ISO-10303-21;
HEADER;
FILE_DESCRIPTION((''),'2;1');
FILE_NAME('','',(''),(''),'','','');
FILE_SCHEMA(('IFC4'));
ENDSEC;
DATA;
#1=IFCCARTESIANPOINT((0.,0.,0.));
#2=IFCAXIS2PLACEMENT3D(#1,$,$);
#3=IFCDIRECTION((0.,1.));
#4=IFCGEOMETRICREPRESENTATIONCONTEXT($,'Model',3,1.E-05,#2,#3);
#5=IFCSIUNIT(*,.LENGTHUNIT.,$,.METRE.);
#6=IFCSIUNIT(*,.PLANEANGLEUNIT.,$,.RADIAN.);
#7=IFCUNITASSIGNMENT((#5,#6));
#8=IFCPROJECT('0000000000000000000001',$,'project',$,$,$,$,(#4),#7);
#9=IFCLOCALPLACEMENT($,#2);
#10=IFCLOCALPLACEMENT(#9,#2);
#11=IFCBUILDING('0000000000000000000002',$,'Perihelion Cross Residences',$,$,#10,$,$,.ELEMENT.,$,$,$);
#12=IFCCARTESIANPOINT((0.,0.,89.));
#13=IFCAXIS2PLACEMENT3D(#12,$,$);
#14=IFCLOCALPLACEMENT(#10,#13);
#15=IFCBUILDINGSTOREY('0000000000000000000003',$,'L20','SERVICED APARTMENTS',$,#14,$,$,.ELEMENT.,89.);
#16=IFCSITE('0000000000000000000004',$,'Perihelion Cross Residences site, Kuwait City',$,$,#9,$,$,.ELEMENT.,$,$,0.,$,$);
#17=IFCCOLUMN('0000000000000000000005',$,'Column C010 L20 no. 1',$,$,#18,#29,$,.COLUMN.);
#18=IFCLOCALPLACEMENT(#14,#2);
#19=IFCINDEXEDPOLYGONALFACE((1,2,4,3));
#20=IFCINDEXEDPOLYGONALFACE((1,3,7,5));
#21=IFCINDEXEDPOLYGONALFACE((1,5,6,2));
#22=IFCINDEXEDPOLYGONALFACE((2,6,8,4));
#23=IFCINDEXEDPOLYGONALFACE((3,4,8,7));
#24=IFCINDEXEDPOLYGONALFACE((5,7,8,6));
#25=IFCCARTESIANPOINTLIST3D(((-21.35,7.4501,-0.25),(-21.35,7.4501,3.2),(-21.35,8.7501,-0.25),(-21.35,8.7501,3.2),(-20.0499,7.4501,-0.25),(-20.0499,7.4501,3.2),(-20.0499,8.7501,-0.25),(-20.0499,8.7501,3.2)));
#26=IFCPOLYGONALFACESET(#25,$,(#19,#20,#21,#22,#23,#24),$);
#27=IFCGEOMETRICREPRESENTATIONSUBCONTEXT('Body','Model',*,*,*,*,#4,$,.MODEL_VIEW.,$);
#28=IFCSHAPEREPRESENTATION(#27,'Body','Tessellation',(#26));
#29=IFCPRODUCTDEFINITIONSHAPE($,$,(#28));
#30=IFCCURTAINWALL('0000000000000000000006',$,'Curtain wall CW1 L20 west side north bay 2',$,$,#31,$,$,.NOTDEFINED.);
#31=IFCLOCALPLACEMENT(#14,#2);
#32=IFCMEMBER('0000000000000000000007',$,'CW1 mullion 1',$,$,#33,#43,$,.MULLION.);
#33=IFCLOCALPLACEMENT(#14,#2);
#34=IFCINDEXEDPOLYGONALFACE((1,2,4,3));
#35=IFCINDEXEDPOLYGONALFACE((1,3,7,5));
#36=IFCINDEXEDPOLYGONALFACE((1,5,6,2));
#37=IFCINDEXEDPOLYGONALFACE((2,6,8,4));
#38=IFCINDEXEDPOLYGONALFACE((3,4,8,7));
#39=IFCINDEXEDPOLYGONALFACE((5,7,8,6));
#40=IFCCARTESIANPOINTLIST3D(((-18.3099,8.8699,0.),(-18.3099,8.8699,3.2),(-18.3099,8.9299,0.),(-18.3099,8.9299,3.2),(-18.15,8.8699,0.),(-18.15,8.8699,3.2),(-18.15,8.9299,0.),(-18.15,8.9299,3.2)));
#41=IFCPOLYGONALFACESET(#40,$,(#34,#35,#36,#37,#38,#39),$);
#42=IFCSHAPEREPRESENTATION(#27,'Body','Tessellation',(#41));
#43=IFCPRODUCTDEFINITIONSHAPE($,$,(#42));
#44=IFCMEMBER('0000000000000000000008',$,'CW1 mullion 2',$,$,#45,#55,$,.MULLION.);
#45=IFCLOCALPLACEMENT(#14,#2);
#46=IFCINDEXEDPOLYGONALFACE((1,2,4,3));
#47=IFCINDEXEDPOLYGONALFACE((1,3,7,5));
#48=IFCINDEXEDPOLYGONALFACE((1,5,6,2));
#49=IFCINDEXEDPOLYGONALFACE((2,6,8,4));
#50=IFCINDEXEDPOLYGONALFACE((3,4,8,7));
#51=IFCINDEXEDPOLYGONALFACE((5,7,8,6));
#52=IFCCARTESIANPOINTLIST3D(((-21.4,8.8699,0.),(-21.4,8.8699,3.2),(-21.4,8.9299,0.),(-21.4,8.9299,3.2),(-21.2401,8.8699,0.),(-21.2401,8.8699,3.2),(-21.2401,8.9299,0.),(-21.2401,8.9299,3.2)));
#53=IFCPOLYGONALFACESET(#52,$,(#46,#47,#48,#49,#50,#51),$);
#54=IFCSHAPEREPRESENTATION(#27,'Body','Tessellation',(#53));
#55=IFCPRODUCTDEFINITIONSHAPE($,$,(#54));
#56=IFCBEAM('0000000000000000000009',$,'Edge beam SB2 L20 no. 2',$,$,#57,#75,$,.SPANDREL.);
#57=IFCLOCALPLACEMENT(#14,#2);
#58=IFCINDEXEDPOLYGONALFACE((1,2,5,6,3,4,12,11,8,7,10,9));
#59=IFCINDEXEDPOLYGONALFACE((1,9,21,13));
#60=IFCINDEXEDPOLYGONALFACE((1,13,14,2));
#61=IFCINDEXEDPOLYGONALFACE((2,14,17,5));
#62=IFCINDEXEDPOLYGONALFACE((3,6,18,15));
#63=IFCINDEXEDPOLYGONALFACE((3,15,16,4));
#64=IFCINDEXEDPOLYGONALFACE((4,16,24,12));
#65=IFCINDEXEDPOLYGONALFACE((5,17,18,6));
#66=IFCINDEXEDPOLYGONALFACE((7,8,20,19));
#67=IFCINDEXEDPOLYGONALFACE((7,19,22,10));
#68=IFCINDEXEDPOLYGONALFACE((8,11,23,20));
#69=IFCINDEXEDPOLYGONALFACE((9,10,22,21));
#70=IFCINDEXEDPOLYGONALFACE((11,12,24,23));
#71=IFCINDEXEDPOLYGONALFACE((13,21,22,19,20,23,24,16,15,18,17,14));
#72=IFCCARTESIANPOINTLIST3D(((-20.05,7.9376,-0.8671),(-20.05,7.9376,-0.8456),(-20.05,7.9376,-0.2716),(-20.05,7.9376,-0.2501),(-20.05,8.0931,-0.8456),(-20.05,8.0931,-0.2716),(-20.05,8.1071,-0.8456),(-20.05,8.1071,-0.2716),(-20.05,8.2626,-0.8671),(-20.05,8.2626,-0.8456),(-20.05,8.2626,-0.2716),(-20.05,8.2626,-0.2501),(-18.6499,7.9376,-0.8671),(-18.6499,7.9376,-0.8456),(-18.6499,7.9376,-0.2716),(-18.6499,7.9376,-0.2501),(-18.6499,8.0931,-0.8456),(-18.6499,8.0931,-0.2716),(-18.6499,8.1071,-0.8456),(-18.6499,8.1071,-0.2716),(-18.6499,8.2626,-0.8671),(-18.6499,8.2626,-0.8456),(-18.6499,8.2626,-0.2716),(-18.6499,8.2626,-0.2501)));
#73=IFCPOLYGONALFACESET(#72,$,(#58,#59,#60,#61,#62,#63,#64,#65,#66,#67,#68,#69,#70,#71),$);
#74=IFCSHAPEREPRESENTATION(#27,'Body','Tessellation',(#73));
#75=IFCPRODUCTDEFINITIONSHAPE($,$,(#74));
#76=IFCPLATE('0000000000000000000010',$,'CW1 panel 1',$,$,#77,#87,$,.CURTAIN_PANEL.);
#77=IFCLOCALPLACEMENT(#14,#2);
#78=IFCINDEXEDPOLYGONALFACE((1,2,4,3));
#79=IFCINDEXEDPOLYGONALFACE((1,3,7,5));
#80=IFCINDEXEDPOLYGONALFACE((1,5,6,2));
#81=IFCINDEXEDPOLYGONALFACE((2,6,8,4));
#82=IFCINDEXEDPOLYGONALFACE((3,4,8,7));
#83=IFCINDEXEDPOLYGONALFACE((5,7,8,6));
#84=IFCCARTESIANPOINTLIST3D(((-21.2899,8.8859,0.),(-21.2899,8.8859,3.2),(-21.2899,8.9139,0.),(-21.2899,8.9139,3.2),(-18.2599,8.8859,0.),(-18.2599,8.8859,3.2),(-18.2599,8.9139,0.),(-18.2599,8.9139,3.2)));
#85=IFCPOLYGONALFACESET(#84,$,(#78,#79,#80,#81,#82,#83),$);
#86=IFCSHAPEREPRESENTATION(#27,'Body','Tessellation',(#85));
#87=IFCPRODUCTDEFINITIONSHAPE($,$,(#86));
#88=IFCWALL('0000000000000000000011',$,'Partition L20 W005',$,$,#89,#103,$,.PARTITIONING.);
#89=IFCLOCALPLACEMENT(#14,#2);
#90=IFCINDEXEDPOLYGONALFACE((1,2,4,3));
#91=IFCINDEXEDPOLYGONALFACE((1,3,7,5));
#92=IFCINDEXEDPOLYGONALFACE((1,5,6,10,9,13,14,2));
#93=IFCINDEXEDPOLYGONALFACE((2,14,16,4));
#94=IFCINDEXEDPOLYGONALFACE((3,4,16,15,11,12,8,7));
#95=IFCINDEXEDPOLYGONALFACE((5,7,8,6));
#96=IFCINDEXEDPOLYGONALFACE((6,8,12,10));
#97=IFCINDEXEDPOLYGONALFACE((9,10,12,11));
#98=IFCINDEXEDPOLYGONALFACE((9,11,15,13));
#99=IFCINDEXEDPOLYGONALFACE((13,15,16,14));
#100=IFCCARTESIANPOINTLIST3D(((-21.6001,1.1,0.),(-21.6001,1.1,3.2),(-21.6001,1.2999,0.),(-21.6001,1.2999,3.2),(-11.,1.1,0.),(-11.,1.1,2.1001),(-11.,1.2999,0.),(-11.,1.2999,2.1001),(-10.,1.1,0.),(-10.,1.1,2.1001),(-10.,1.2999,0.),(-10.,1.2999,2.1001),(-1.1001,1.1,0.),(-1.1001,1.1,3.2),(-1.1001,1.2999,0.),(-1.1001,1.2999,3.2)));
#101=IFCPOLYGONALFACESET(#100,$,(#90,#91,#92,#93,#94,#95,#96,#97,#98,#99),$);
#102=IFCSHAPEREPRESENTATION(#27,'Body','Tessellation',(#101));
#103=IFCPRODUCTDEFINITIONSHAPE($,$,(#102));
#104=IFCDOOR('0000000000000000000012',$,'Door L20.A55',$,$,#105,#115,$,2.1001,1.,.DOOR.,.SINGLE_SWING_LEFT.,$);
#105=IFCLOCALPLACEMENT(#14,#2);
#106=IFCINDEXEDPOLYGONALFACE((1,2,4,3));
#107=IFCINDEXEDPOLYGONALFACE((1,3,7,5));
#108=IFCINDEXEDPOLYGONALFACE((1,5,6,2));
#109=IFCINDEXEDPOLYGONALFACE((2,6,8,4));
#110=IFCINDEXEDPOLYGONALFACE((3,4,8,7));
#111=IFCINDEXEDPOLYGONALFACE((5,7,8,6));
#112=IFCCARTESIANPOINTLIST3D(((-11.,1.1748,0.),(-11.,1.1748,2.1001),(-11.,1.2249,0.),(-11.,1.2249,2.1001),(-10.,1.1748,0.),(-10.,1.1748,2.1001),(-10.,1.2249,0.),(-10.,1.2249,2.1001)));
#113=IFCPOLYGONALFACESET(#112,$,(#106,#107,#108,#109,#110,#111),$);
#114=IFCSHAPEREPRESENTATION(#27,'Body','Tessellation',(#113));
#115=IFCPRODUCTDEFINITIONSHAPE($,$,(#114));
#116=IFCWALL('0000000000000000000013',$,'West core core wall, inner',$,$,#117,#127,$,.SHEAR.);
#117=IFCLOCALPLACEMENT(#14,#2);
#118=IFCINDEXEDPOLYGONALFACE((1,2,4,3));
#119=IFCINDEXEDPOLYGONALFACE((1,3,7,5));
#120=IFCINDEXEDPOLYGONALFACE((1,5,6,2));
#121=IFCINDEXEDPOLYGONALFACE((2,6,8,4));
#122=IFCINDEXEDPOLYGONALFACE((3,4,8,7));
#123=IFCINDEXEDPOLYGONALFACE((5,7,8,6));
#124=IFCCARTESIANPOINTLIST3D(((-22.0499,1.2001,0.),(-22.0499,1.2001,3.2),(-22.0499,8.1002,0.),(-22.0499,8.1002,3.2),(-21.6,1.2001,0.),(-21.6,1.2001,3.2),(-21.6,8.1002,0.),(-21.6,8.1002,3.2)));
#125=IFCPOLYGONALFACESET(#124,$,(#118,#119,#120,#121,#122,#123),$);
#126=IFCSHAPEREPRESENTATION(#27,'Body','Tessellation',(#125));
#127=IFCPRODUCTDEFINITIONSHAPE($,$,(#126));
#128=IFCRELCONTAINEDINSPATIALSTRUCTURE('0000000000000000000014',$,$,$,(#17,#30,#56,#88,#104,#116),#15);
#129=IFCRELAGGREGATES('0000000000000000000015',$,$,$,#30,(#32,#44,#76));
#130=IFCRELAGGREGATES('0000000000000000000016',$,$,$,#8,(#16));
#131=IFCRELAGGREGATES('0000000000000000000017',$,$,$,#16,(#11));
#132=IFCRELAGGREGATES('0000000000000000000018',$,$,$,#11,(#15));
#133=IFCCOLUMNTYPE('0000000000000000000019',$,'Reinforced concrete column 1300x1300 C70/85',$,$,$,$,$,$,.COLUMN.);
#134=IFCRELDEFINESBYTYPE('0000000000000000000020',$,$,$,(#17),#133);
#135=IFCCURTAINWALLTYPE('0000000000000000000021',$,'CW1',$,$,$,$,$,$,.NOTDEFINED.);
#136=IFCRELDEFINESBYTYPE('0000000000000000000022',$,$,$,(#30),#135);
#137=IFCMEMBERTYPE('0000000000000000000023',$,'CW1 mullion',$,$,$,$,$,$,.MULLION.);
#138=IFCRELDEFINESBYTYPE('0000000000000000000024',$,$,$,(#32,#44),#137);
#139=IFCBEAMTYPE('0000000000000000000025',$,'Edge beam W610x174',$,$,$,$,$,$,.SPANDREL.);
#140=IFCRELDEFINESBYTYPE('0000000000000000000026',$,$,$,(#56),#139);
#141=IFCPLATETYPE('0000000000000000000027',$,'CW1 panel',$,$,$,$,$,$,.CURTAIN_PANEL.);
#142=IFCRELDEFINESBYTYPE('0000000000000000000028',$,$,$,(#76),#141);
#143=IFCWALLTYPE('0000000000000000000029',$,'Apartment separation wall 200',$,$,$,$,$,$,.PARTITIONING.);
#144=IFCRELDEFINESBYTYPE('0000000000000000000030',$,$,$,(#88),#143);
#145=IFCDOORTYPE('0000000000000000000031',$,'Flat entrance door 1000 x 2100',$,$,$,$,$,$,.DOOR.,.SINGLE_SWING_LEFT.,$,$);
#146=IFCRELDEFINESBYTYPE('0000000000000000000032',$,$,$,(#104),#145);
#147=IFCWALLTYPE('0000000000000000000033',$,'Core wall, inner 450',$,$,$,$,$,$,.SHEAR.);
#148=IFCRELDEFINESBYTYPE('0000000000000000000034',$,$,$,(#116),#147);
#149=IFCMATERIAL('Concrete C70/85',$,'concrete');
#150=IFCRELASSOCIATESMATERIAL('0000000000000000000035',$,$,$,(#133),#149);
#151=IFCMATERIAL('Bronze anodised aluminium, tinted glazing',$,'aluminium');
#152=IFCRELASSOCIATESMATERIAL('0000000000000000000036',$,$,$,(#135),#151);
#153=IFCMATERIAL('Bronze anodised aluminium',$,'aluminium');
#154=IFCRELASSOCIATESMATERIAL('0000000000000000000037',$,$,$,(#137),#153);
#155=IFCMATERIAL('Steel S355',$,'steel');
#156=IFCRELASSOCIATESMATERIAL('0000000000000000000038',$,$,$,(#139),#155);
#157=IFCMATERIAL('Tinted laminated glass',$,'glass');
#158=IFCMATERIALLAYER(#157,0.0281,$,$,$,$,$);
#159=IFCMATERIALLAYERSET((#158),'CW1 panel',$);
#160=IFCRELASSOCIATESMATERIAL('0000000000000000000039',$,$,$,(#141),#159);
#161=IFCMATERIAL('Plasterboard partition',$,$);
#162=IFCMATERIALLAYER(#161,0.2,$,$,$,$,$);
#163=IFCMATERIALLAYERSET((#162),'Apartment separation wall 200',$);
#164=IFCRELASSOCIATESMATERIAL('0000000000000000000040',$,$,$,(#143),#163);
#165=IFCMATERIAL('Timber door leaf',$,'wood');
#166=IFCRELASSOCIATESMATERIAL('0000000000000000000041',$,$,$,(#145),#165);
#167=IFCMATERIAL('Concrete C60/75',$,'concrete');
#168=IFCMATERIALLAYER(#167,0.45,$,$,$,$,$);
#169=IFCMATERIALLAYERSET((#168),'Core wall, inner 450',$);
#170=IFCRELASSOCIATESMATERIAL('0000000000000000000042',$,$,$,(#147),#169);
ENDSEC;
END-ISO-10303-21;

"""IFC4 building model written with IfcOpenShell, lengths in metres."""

from ifc_helpers import new_model, si_unit, direction, frame, frame_2d, origin, origin_2d, place, context, subcontext, project, spatial, rectangle, i_section, extrude, material, layer, layer_set, material_profile, profile_set, type_object, element, fill, aggregate, save


model = new_model("IFC4")

# Units and contexts
model_context = context("Model", 3, precision=1e-05, world=origin(), true_north=direction((0.0, 1.0)))
body_context = subcontext(model_context, "Body", "Model", "MODEL_VIEW")
ifc_project = project(units=[si_unit("LENGTHUNIT", "METRE"), si_unit("PLANEANGLEUNIT", "RADIAN")], contexts=[model_context])

# Site, building, storey
site_placement = place(None, origin())
site = spatial("IfcSite", under=ifc_project, at=site_placement, Name="Perihelion Cross Residences site, Kuwait City", CompositionType="ELEMENT", RefElevation=0.0)
building_placement = place(site_placement, origin())
building = spatial("IfcBuilding", under=site, at=building_placement, Name="Perihelion Cross Residences", CompositionType="ELEMENT")
storey_placement = place(building_placement, frame((0.0, 0.0, 89.0)))
storey = spatial("IfcBuildingStorey", under=building, at=storey_placement, Name="L20", Description="SERVICED APARTMENTS", CompositionType="ELEMENT", Elevation=89.0)

# Column
ifc_material_1 = material(Name="Concrete C70/85", Category="concrete")
ifc_material_profile_1 = material_profile(ifc_material_1, rectangle(XDim=1.3, YDim=1.3, at=origin_2d()), Name="RC 1300x1300")
ifc_profile_set_1 = profile_set([ifc_material_profile_1], Name="Concrete C70/85")
column_type = type_object("IfcColumnType", Name="Reinforced concrete column 1300x1300 C70/85", PredefinedType="COLUMN", material=ifc_profile_set_1)
column_placement = place(storey_placement, frame((-20.7, 8.1001, -0.25), z_axis=(0.0, 0.0, 1.0), x_axis=(1.0, 0.0, 0.0)))
element("IfcColumn", 1, at=column_placement, inside=storey, type_object=column_type, Name="Column C010 L20 no. 1", PredefinedType="COLUMN", context=body_context, shape_type="SweptSolid", body=[
    extrude(rectangle(XDim=1.3, YDim=1.3, at=origin_2d()), origin(), (0.0, 0.0, 1.0), 3.45),
])

# Curtain wall, members
ifc_material_2 = material(Name="Bronze anodised aluminium, tinted glazing", Category="aluminium")
curtain_wall_type = type_object("IfcCurtainWallType", Name="CW1", PredefinedType="NOTDEFINED", material=ifc_material_2)
curtain_wall_placement = place(storey_placement, origin())
curtain_wall = element("IfcCurtainWall", 2, at=curtain_wall_placement, inside=storey, type_object=curtain_wall_type, Name="Curtain wall CW1 L20 west side north bay 2", PredefinedType="NOTDEFINED")
ifc_material_3 = material(Name="Bronze anodised aluminium", Category="aluminium")
ifc_material_profile_2 = material_profile(ifc_material_3, rectangle(XDim=0.0601, YDim=0.1599, at=origin_2d()), Name="CW1 mullion")
ifc_profile_set_2 = profile_set([ifc_material_profile_2], Name="Bronze anodised aluminium")
member_type = type_object("IfcMemberType", Name="CW1 mullion", PredefinedType="MULLION", material=ifc_profile_set_2)
member_1_placement = place(storey_placement, frame((-18.23, 8.8999, 0.0), z_axis=(0.0, 0.0, 1.0), x_axis=(0.0, -1.0, 0.0)))
member_1 = element("IfcMember", 3, at=member_1_placement, type_object=member_type, Name="CW1 mullion 1", PredefinedType="MULLION", context=body_context, shape_type="SweptSolid", body=[
    extrude(rectangle(XDim=0.0601, YDim=0.1599, at=origin_2d()), origin(), (0.0, 0.0, 1.0), 3.2),
])
member_2_placement = place(storey_placement, frame((-21.3201, 8.8999, 0.0), z_axis=(0.0, 0.0, 1.0), x_axis=(0.0, -1.0, 0.0)))
member_2 = element("IfcMember", 4, at=member_2_placement, type_object=member_type, Name="CW1 mullion 2", PredefinedType="MULLION", context=body_context, shape_type="SweptSolid", body=[
    extrude(rectangle(XDim=0.0601, YDim=0.1599, at=origin_2d()), origin(), (0.0, 0.0, 1.0), 3.2),
])

# Beam
ifc_material_4 = material(Name="Steel S355", Category="steel")
ifc_material_profile_3 = material_profile(ifc_material_4, i_section(OverallWidth=0.325, OverallDepth=0.6169, WebThickness=0.0139, FlangeThickness=0.0215, at=origin_2d()), Name="W610x174")
ifc_profile_set_3 = profile_set([ifc_material_profile_3], Name="Steel S355")
beam_type = type_object("IfcBeamType", Name="Edge beam W610x174", PredefinedType="SPANDREL", material=ifc_profile_set_3)
beam_placement = place(storey_placement, frame((-18.6499, 8.1001, -0.5586), z_axis=(-1.0, 0.0, 0.0), x_axis=(0.0, -1.0, 0.0)))
element("IfcBeam", 5, at=beam_placement, inside=storey, type_object=beam_type, Name="Edge beam SB2 L20 no. 2", PredefinedType="SPANDREL", context=body_context, shape_type="SweptSolid", body=[
    extrude(i_section(OverallWidth=0.325, OverallDepth=0.6169, WebThickness=0.0139, FlangeThickness=0.0215, at=origin_2d()), origin(), (0.0, 0.0, 1.0), 1.4001),
])

# Plate
ifc_material_5 = material(Name="Tinted laminated glass", Category="glass")
ifc_layer_1 = layer(ifc_material_5, 0.0281)
ifc_layer_set_1 = layer_set([ifc_layer_1], Name="CW1 panel")
plate_type = type_object("IfcPlateType", Name="CW1 panel", PredefinedType="CURTAIN_PANEL", material=ifc_layer_set_1)
plate_placement = place(storey_placement, frame((-19.7749, 8.8999, 0.0), z_axis=(0.0, 0.0, 1.0), x_axis=(-1.0, 0.0, 0.0)))
plate = element("IfcPlate", 6, at=plate_placement, type_object=plate_type, Name="CW1 panel 1", PredefinedType="CURTAIN_PANEL", context=body_context, shape_type="SweptSolid", body=[
    extrude(rectangle(XDim=3.03, YDim=0.0281, at=origin_2d()), origin(), (0.0, 0.0, 1.0), 3.2),
])
aggregate(curtain_wall, [member_1, member_2, plate])

# Wall, opening, door
ifc_material_6 = material(Name="Plasterboard partition")
ifc_layer_2 = layer(ifc_material_6, 0.2)
ifc_layer_set_2 = layer_set([ifc_layer_2], Name="Apartment separation wall 200")
wall_type_1 = type_object("IfcWallType", Name="Apartment separation wall 200", PredefinedType="PARTITIONING", material=ifc_layer_set_2)
wall_1_placement = place(storey_placement, frame((-21.6001, 1.2, 0.0), z_axis=(0.0, 0.0, 1.0), x_axis=(1.0, 0.0, 0.0)))
wall_1 = element("IfcWall", 7, at=wall_1_placement, inside=storey, type_object=wall_type_1, Name="Partition L20 W005", PredefinedType="PARTITIONING", context=body_context, shape_type="SweptSolid", body=[
    extrude(rectangle(XDim=20.5, YDim=0.2, at=frame_2d((10.25, 0.0))), origin(), (0.0, 0.0, 1.0), 3.2),
])
opening_1_placement = place(wall_1_placement, frame((10.6001, 0.0, 0.0)))
opening_1 = element("IfcOpeningElement", 8, at=opening_1_placement, cuts=wall_1, PredefinedType="OPENING", context=body_context, shape_type="SweptSolid", body=[
    extrude(rectangle(XDim=1.0, YDim=2.1001, at=frame_2d((0.5, 1.05))), frame((0.0, 0.1099, 0.0), z_axis=(0.0, -1.0, 0.0), x_axis=(1.0, 0.0, 0.0)), (0.0, 0.0, 1.0), 0.22),
])
ifc_material_7 = material(Name="Timber door leaf", Category="wood")
door_type_1 = type_object("IfcDoorType", Name="Flat entrance door 1000 x 2100", OperationType="SINGLE_SWING_LEFT", PredefinedType="DOOR", material=ifc_material_7)
door_1_placement = place(opening_1_placement, origin())
door_1 = element("IfcDoor", 9, at=door_1_placement, inside=storey, type_object=door_type_1, Name="Door L20.A55", OperationType="SINGLE_SWING_LEFT", OverallHeight=2.1001, OverallWidth=1.0, PredefinedType="DOOR", context=body_context, shape_type="SweptSolid", body=[
    extrude(rectangle(XDim=1.0, YDim=2.1001, at=frame_2d((0.5, 1.05))), frame((0.0, 0.0249, 0.0), z_axis=(0.0, -1.0, 0.0), x_axis=(1.0, 0.0, 0.0)), (0.0, 0.0, 1.0), 0.05),
])
fill(opening_1, door_1)

# Wall
ifc_material_8 = material(Name="Concrete C60/75", Category="concrete")
ifc_layer_3 = layer(ifc_material_8, 0.45)
ifc_layer_set_3 = layer_set([ifc_layer_3], Name="Core wall, inner 450")
wall_type_2 = type_object("IfcWallType", Name="Core wall, inner 450", PredefinedType="SHEAR", material=ifc_layer_set_3)
wall_2_placement = place(storey_placement, frame((-21.825, 1.2, 0.0), z_axis=(0.0, 0.0, 1.0), x_axis=(0.0, 1.0, 0.0)))
element("IfcWall", 10, at=wall_2_placement, inside=storey, type_object=wall_type_2, Name="West core core wall, inner", PredefinedType="SHEAR", context=body_context, shape_type="SweptSolid", body=[
    extrude(rectangle(XDim=6.9001, YDim=0.45, at=frame_2d((3.4502, 0.0))), origin(), (0.0, 0.0, 1.0), 3.2),
])

save(model, "model.ifc")
